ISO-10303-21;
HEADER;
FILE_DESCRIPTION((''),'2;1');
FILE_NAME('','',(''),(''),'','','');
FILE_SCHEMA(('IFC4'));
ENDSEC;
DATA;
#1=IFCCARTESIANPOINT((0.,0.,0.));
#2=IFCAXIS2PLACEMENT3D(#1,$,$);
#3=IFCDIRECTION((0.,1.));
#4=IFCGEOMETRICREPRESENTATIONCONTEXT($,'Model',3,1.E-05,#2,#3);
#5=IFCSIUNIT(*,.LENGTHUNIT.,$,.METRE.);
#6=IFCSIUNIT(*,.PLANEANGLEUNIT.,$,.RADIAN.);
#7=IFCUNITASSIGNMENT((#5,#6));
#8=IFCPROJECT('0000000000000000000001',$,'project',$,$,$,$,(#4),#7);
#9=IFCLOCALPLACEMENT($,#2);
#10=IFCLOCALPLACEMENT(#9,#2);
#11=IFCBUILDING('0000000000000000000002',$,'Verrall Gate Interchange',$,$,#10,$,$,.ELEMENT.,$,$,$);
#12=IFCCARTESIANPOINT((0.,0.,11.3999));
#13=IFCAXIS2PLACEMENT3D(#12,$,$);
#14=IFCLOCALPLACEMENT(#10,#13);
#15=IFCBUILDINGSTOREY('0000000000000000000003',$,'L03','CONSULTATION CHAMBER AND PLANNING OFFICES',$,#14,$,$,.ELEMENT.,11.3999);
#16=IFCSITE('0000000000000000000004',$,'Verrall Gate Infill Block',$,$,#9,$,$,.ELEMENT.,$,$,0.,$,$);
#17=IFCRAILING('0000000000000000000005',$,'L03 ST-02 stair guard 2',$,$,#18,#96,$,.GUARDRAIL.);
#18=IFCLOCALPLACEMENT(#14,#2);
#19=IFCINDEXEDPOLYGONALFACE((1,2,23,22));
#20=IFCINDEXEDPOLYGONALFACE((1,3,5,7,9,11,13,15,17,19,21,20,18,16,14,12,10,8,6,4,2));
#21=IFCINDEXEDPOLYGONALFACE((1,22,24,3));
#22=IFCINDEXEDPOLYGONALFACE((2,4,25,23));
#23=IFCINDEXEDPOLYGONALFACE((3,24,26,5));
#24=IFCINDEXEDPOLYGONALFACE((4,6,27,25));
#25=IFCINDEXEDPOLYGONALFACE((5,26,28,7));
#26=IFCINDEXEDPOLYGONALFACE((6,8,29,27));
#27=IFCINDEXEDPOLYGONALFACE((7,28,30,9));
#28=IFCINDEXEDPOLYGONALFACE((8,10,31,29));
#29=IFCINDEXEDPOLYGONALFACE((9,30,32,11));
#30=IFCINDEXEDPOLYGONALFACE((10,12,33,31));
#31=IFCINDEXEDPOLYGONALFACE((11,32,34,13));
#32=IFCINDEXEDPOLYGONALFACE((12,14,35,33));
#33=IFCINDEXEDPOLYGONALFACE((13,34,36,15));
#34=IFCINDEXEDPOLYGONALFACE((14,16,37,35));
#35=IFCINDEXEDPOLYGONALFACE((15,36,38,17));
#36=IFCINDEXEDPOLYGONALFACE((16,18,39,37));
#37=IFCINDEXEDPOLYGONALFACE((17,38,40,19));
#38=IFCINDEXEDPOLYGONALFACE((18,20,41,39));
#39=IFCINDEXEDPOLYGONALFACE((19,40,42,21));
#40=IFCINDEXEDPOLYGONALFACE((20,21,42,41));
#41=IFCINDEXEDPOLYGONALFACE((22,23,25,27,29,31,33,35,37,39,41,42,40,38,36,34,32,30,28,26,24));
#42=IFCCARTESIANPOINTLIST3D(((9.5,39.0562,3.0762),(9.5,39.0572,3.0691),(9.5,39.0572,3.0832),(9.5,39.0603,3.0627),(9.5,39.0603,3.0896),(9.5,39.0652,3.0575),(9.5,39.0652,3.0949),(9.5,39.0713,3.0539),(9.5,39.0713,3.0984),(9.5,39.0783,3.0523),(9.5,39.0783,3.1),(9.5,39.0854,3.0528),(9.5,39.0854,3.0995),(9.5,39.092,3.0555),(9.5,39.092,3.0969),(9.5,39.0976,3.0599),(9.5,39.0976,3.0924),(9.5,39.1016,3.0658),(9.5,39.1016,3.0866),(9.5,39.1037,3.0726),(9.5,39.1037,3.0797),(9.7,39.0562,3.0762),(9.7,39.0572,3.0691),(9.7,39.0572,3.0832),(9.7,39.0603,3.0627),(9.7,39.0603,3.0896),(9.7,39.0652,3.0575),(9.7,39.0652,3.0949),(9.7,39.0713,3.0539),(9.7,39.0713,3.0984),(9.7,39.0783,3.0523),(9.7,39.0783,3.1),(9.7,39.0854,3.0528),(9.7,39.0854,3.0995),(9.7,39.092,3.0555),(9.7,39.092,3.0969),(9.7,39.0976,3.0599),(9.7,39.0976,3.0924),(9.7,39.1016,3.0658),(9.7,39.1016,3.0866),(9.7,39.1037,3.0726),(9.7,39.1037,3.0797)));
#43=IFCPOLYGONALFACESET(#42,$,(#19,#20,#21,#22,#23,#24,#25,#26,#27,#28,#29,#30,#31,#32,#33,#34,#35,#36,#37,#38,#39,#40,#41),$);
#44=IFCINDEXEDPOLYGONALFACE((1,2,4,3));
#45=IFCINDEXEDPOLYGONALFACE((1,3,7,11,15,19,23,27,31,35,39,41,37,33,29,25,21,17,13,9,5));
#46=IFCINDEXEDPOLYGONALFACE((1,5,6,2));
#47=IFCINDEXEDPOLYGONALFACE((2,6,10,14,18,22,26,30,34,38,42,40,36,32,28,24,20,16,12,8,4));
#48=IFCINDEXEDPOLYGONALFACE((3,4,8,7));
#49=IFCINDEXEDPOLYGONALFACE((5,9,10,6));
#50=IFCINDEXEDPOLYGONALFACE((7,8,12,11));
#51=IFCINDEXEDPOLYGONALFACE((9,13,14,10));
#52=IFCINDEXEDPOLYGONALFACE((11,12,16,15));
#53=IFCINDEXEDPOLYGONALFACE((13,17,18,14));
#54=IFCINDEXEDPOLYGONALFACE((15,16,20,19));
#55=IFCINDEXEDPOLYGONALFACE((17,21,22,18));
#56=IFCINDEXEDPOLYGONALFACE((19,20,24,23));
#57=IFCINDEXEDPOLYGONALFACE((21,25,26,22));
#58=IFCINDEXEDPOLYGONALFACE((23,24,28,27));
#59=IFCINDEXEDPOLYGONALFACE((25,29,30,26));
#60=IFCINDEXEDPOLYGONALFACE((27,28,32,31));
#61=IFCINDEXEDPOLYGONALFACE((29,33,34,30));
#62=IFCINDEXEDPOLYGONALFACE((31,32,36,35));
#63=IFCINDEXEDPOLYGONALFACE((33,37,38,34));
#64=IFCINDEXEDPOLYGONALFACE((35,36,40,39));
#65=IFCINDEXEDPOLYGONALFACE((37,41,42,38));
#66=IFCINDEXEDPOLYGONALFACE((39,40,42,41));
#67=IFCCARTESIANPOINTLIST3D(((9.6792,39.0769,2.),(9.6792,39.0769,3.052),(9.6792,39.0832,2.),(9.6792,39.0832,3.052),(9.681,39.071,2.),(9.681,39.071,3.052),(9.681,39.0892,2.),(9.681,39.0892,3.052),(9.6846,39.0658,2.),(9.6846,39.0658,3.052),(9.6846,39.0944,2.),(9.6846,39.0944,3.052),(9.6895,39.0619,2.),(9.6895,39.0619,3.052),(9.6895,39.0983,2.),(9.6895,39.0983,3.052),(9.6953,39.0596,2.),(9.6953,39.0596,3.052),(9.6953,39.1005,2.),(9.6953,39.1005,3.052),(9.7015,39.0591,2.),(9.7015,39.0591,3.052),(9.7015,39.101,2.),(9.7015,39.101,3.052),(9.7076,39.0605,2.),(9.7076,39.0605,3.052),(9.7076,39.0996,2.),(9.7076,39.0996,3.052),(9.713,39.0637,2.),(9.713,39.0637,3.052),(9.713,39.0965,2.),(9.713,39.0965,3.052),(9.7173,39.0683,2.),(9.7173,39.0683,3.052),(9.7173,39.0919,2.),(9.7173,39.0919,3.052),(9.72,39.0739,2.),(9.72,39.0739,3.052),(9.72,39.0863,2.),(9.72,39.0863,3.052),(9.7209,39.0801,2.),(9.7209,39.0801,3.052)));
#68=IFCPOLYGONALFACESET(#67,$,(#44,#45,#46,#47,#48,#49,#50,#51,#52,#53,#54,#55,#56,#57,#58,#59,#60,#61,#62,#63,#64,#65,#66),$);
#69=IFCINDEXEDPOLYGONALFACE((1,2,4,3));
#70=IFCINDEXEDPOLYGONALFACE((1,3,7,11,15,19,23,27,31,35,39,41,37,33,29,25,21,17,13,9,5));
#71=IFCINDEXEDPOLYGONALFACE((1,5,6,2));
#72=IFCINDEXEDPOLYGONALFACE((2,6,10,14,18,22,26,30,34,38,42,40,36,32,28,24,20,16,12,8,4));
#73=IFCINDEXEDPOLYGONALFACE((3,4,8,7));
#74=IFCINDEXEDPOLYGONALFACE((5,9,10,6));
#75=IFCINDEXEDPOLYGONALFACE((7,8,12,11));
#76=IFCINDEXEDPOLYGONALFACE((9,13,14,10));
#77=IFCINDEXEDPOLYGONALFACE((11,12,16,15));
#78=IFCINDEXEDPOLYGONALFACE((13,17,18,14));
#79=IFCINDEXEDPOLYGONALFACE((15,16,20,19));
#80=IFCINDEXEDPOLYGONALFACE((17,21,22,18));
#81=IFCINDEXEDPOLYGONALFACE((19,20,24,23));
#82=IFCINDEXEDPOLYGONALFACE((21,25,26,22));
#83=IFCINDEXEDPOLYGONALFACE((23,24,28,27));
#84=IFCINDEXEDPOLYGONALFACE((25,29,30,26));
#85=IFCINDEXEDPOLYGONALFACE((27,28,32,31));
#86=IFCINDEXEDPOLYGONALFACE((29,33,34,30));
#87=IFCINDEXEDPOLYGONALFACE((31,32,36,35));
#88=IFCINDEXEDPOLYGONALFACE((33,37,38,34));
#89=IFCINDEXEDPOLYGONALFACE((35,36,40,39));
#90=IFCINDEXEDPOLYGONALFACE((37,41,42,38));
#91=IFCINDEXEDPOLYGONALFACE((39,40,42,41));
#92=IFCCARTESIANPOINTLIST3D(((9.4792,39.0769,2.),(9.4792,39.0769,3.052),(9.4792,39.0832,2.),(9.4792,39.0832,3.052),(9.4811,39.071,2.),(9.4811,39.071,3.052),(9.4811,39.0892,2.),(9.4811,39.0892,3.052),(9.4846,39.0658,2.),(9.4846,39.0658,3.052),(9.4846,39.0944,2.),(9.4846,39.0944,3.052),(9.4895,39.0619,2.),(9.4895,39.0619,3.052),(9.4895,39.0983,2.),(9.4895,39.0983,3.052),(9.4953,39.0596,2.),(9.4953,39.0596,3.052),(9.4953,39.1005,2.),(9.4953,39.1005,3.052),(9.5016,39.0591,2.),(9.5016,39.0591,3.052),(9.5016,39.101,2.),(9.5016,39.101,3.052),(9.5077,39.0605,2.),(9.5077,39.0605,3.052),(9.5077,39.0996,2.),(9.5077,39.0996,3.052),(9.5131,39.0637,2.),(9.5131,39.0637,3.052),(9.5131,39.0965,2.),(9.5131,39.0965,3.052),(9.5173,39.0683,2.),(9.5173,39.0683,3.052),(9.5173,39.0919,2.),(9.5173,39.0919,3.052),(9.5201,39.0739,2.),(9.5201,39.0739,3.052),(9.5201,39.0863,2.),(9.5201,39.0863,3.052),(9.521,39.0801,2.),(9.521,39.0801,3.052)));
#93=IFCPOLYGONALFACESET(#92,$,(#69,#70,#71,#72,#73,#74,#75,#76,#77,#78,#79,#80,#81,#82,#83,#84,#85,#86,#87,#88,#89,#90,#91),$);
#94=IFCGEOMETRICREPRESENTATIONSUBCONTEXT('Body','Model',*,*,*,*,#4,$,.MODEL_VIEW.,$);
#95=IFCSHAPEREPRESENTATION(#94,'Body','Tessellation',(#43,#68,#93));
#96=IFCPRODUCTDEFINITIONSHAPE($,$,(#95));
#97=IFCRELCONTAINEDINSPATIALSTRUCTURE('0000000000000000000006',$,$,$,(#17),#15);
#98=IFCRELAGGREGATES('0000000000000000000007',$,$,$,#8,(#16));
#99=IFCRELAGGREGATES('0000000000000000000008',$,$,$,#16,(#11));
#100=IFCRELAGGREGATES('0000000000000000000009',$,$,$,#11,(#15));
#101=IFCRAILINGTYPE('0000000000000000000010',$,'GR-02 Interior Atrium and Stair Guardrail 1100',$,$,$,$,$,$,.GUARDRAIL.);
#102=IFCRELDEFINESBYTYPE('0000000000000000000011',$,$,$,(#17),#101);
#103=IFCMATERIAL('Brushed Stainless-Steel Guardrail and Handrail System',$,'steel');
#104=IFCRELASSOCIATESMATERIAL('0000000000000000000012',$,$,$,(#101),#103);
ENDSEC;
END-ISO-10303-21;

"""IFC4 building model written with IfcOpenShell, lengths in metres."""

from ifc_helpers import new_model, si_unit, direction, frame, origin, origin_2d, place, context, subcontext, project, spatial, circle, extrude, material, type_object, element, save


model = new_model("IFC4")

# Units and contexts
model_context = context("Model", 3, precision=1e-05, world=origin(), true_north=direction((0.0, 1.0)))
body_context = subcontext(model_context, "Body", "Model", "MODEL_VIEW")
ifc_project = project(units=[si_unit("LENGTHUNIT", "METRE"), si_unit("PLANEANGLEUNIT", "RADIAN")], contexts=[model_context])

# Site, building, storey
site_placement = place(None, origin())
site = spatial("IfcSite", under=ifc_project, at=site_placement, Name="Verrall Gate Infill Block", CompositionType="ELEMENT", RefElevation=0.0)
building_placement = place(site_placement, origin())
building = spatial("IfcBuilding", under=site, at=building_placement, Name="Verrall Gate Interchange", CompositionType="ELEMENT")
storey_placement = place(building_placement, frame((0.0, 0.0, 11.3999)))
storey = spatial("IfcBuildingStorey", under=building, at=storey_placement, Name="L03", Description="CONSULTATION CHAMBER AND PLANNING OFFICES", CompositionType="ELEMENT", Elevation=11.3999)

# Railing
ifc_material_1 = material(Name="Brushed Stainless-Steel Guardrail and Handrail System", Category="steel")
railing_type_1 = type_object("IfcRailingType", Name="GR-02 Interior Atrium and Stair Guardrail 1100", PredefinedType="GUARDRAIL", material=ifc_material_1)
railing_1_placement = place(storey_placement, frame((9.7, 39.0801, 2.0)))
element("IfcRailing", 1, at=railing_1_placement, inside=storey, type_object=railing_type_1, Name="L03 ST-02 stair guard 2", PredefinedType="GUARDRAIL", context=body_context, shape_type="SweptSolid", body=[
    extrude(circle(Radius=0.0239, at=origin_2d()), frame((0.0, 0.0, 1.0762), z_axis=(-1.0, 0.0, 0.0), x_axis=(0.0, -1.0, 0.0)), (0.0, 0.0, 1.0), 0.2),
    extrude(circle(Radius=0.021, at=origin_2d()), origin(), (0.0, 0.0, 1.0), 1.052),
    extrude(circle(Radius=0.021, at=origin_2d()), frame((-0.2, 0.0, 0.0)), (0.0, 0.0, 1.0), 1.052),
])

save(model, "model.ifc")
